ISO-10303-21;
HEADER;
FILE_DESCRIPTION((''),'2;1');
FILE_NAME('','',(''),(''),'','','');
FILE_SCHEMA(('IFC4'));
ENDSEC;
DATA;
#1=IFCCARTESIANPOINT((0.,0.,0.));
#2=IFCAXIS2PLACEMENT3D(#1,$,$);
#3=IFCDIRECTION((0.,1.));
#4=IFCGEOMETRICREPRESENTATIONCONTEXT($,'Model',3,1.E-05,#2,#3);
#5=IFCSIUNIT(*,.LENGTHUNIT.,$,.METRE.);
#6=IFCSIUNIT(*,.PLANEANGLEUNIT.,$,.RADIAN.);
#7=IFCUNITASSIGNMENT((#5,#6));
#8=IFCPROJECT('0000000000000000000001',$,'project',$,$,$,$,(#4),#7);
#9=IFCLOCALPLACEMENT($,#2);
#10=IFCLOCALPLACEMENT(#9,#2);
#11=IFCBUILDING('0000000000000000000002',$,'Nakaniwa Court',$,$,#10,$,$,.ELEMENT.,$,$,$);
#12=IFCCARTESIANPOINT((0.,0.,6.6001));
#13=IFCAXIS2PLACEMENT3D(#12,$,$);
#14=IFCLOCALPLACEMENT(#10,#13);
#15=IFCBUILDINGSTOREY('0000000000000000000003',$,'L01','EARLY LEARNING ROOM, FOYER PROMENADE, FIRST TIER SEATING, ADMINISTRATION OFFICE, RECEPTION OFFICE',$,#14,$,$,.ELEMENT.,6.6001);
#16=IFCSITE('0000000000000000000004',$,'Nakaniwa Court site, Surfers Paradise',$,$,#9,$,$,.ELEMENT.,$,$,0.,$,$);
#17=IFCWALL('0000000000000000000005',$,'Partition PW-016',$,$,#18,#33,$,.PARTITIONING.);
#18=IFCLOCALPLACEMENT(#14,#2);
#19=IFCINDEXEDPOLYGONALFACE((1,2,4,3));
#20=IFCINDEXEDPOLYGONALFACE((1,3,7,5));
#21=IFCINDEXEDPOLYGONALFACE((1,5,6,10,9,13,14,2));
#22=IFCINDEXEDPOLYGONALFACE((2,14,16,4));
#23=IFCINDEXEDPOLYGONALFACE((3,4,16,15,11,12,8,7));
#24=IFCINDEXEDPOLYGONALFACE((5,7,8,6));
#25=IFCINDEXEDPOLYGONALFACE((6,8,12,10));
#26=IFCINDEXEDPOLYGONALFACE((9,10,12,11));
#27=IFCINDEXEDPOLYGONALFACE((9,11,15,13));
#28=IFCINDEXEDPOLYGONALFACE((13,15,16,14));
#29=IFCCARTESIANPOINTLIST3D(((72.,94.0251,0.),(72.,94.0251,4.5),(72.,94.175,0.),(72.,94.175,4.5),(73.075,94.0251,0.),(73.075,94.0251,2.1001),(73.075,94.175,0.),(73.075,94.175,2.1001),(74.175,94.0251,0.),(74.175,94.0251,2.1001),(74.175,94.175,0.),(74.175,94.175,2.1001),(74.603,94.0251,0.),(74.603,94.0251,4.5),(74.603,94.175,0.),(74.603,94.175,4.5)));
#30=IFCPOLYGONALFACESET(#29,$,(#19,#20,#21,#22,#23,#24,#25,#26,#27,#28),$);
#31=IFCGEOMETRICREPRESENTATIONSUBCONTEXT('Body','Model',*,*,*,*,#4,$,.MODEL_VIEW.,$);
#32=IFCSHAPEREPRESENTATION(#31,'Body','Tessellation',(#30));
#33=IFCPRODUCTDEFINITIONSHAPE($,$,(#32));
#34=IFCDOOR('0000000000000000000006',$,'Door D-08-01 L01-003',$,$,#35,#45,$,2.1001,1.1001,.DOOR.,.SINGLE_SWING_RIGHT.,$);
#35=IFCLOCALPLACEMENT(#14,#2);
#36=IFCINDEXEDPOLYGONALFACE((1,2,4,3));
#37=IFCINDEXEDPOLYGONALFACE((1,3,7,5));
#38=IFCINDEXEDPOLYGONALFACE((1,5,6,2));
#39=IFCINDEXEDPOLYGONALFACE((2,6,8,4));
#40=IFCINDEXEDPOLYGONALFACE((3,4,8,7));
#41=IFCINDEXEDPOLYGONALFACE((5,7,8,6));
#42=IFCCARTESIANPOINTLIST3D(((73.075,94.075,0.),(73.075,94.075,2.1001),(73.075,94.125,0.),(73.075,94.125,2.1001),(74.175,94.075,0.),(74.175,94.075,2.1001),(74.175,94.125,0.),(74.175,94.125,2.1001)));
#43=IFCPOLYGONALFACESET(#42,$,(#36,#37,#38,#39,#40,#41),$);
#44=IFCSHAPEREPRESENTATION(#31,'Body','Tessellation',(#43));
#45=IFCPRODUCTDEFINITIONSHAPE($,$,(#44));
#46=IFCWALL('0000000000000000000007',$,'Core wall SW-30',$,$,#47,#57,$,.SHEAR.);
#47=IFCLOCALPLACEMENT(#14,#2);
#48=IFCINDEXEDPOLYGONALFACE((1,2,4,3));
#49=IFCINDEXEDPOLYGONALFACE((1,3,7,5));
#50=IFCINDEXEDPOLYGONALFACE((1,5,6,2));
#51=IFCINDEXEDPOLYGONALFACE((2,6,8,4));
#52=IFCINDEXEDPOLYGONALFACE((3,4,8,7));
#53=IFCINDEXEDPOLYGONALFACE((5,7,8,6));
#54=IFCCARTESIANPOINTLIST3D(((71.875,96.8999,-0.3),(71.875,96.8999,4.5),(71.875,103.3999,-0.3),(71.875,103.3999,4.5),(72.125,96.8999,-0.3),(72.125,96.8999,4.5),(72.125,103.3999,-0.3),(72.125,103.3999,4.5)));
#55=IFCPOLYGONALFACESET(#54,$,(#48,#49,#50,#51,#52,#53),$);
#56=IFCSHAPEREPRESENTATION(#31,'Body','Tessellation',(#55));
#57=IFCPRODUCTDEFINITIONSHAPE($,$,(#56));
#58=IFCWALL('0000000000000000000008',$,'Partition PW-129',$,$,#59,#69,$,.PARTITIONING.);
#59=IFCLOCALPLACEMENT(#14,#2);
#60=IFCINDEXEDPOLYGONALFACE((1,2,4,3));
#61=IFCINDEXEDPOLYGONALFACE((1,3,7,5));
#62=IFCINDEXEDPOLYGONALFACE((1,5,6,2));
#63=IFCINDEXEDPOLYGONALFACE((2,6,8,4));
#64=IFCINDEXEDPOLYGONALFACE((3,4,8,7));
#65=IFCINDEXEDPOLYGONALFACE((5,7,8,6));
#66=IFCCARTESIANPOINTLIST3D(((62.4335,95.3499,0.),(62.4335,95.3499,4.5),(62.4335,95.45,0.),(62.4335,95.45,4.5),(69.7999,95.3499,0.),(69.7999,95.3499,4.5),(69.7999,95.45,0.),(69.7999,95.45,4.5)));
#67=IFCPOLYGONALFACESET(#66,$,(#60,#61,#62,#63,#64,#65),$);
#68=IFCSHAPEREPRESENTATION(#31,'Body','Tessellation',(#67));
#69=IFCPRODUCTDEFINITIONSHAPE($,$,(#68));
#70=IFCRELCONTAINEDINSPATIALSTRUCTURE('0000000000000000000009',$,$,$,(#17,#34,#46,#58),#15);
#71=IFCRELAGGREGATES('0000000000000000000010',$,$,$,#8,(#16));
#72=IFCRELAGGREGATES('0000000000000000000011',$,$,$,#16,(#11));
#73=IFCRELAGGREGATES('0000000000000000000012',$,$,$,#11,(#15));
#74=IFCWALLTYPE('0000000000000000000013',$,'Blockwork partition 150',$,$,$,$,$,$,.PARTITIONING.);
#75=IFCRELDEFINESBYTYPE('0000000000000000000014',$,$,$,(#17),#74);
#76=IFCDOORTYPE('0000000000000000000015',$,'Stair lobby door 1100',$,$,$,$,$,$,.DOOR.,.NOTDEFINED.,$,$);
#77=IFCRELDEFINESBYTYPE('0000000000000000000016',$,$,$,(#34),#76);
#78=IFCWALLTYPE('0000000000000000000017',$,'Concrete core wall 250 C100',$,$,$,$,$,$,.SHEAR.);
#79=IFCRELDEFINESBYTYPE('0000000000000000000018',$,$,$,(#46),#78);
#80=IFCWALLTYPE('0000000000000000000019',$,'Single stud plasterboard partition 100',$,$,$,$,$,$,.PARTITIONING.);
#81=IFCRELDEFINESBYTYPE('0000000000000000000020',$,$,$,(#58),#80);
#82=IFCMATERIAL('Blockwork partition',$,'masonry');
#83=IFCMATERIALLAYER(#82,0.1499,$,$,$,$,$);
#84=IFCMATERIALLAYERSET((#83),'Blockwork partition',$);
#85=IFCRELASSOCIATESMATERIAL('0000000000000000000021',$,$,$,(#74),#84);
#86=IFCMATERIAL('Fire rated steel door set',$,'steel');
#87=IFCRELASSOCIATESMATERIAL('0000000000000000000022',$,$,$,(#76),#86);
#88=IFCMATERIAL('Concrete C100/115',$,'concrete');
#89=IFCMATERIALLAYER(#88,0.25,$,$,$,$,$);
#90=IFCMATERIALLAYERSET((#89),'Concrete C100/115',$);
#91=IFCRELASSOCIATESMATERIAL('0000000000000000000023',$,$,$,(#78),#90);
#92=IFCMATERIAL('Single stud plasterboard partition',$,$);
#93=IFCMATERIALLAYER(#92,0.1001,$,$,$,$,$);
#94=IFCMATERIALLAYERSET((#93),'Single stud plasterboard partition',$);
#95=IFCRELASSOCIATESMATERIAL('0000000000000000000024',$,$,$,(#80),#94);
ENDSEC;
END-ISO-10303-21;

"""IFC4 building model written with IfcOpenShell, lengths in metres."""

from ifc_helpers import new_model, si_unit, direction, frame, frame_2d, origin, place, context, subcontext, project, spatial, rectangle, extrude, material, layer, layer_set, type_object, element, fill, save


model = new_model("IFC4")

# Units and contexts
model_context = context("Model", 3, precision=1e-05, world=origin(), true_north=direction((0.0, 1.0)))
body_context = subcontext(model_context, "Body", "Model", "MODEL_VIEW")
ifc_project = project(units=[si_unit("LENGTHUNIT", "METRE"), si_unit("PLANEANGLEUNIT", "RADIAN")], contexts=[model_context])

# Site, building, storey
site_placement = place(None, origin())
site = spatial("IfcSite", under=ifc_project, at=site_placement, Name="Nakaniwa Court site, Surfers Paradise", CompositionType="ELEMENT", RefElevation=0.0)
building_placement = place(site_placement, origin())
building = spatial("IfcBuilding", under=site, at=building_placement, Name="Nakaniwa Court", CompositionType="ELEMENT")
storey_placement = place(building_placement, frame((0.0, 0.0, 6.6001)))
storey = spatial("IfcBuildingStorey", under=building, at=storey_placement, Name="L01", Description="EARLY LEARNING ROOM, FOYER PROMENADE, FIRST TIER SEATING, ADMINISTRATION OFFICE, RECEPTION OFFICE", CompositionType="ELEMENT", Elevation=6.6001)

# Shared definitions
ifc_material_1 = material(Name="Concrete C100/115", Category="concrete")

# Wall, opening, door
ifc_material_2 = material(Name="Blockwork partition", Category="masonry")
ifc_layer_1 = layer(ifc_material_2, 0.1499)
ifc_layer_set_1 = layer_set([ifc_layer_1], Name="Blockwork partition")
wall_type_1 = type_object("IfcWallType", Name="Blockwork partition 150", PredefinedType="PARTITIONING", material=ifc_layer_set_1)
wall_1_placement = place(storey_placement, frame((72.0, 94.1001, 0.0), z_axis=(0.0, 0.0, 1.0), x_axis=(1.0, 0.0, 0.0)))
wall_1 = element("IfcWall", 1, at=wall_1_placement, inside=storey, type_object=wall_type_1, Name="Partition PW-016", PredefinedType="PARTITIONING", context=body_context, shape_type="SweptSolid", body=[
    extrude(rectangle(XDim=2.603, YDim=0.1499, at=frame_2d((1.3015, 0.0))), origin(), (0.0, 0.0, 1.0), 4.5),
])
opening_placement = place(wall_1_placement, frame((1.075, 0.0, 0.0)))
opening = element("IfcOpeningElement", 2, at=opening_placement, cuts=wall_1, PredefinedType="OPENING", context=body_context, shape_type="SweptSolid", body=[
    extrude(rectangle(XDim=1.1001, YDim=2.1001, at=frame_2d((0.55, 1.05))), frame((0.0, 0.085, 0.0), z_axis=(0.0, -1.0, 0.0), x_axis=(1.0, 0.0, 0.0)), (0.0, 0.0, 1.0), 0.1699),
])
ifc_material_3 = material(Name="Fire rated steel door set", Category="steel")
door_type = type_object("IfcDoorType", Name="Stair lobby door 1100", OperationType="NOTDEFINED", PredefinedType="DOOR", material=ifc_material_3)
door_placement = place(opening_placement, origin())
door = element("IfcDoor", 3, at=door_placement, inside=storey, type_object=door_type, Name="Door D-08-01 L01-003", OperationType="SINGLE_SWING_RIGHT", OverallHeight=2.1001, OverallWidth=1.1001, PredefinedType="DOOR", context=body_context, shape_type="SweptSolid", body=[
    extrude(rectangle(XDim=1.1001, YDim=2.1001, at=frame_2d((0.55, 1.05))), frame((0.0, 0.0249, 0.0), z_axis=(0.0, -1.0, 0.0), x_axis=(1.0, 0.0, 0.0)), (0.0, 0.0, 1.0), 0.05),
])
fill(opening, door)

# Walls
ifc_layer_2 = layer(ifc_material_1, 0.25)
ifc_layer_set_2 = layer_set([ifc_layer_2], Name="Concrete C100/115")
wall_type_2 = type_object("IfcWallType", Name="Concrete core wall 250 C100", PredefinedType="SHEAR", material=ifc_layer_set_2)
wall_2_placement = place(storey_placement, frame((72.0, 96.8999, -0.3), z_axis=(0.0, 0.0, 1.0), x_axis=(0.0, 1.0, 0.0)))
element("IfcWall", 4, at=wall_2_placement, inside=storey, type_object=wall_type_2, Name="Core wall SW-30", PredefinedType="SHEAR", context=body_context, shape_type="SweptSolid", body=[
    extrude(rectangle(XDim=6.5, YDim=0.25, at=frame_2d((3.25, 0.0))), origin(), (0.0, 0.0, 1.0), 4.8),
])
ifc_material_4 = material(Name="Single stud plasterboard partition")
ifc_layer_3 = layer(ifc_material_4, 0.1001)
ifc_layer_set_3 = layer_set([ifc_layer_3], Name="Single stud plasterboard partition")
wall_type_3 = type_object("IfcWallType", Name="Single stud plasterboard partition 100", PredefinedType="PARTITIONING", material=ifc_layer_set_3)
wall_3_placement = place(storey_placement, frame((62.4336, 95.3999, 0.0), z_axis=(0.0, 0.0, 1.0), x_axis=(1.0, 0.0, 0.0)))
element("IfcWall", 5, at=wall_3_placement, inside=storey, type_object=wall_type_3, Name="Partition PW-129", PredefinedType="PARTITIONING", context=body_context, shape_type="SweptSolid", body=[
    extrude(rectangle(XDim=7.3665, YDim=0.1001, at=frame_2d((3.6831, 0.0))), origin(), (0.0, 0.0, 1.0), 4.5),
])

save(model, "model.ifc")
